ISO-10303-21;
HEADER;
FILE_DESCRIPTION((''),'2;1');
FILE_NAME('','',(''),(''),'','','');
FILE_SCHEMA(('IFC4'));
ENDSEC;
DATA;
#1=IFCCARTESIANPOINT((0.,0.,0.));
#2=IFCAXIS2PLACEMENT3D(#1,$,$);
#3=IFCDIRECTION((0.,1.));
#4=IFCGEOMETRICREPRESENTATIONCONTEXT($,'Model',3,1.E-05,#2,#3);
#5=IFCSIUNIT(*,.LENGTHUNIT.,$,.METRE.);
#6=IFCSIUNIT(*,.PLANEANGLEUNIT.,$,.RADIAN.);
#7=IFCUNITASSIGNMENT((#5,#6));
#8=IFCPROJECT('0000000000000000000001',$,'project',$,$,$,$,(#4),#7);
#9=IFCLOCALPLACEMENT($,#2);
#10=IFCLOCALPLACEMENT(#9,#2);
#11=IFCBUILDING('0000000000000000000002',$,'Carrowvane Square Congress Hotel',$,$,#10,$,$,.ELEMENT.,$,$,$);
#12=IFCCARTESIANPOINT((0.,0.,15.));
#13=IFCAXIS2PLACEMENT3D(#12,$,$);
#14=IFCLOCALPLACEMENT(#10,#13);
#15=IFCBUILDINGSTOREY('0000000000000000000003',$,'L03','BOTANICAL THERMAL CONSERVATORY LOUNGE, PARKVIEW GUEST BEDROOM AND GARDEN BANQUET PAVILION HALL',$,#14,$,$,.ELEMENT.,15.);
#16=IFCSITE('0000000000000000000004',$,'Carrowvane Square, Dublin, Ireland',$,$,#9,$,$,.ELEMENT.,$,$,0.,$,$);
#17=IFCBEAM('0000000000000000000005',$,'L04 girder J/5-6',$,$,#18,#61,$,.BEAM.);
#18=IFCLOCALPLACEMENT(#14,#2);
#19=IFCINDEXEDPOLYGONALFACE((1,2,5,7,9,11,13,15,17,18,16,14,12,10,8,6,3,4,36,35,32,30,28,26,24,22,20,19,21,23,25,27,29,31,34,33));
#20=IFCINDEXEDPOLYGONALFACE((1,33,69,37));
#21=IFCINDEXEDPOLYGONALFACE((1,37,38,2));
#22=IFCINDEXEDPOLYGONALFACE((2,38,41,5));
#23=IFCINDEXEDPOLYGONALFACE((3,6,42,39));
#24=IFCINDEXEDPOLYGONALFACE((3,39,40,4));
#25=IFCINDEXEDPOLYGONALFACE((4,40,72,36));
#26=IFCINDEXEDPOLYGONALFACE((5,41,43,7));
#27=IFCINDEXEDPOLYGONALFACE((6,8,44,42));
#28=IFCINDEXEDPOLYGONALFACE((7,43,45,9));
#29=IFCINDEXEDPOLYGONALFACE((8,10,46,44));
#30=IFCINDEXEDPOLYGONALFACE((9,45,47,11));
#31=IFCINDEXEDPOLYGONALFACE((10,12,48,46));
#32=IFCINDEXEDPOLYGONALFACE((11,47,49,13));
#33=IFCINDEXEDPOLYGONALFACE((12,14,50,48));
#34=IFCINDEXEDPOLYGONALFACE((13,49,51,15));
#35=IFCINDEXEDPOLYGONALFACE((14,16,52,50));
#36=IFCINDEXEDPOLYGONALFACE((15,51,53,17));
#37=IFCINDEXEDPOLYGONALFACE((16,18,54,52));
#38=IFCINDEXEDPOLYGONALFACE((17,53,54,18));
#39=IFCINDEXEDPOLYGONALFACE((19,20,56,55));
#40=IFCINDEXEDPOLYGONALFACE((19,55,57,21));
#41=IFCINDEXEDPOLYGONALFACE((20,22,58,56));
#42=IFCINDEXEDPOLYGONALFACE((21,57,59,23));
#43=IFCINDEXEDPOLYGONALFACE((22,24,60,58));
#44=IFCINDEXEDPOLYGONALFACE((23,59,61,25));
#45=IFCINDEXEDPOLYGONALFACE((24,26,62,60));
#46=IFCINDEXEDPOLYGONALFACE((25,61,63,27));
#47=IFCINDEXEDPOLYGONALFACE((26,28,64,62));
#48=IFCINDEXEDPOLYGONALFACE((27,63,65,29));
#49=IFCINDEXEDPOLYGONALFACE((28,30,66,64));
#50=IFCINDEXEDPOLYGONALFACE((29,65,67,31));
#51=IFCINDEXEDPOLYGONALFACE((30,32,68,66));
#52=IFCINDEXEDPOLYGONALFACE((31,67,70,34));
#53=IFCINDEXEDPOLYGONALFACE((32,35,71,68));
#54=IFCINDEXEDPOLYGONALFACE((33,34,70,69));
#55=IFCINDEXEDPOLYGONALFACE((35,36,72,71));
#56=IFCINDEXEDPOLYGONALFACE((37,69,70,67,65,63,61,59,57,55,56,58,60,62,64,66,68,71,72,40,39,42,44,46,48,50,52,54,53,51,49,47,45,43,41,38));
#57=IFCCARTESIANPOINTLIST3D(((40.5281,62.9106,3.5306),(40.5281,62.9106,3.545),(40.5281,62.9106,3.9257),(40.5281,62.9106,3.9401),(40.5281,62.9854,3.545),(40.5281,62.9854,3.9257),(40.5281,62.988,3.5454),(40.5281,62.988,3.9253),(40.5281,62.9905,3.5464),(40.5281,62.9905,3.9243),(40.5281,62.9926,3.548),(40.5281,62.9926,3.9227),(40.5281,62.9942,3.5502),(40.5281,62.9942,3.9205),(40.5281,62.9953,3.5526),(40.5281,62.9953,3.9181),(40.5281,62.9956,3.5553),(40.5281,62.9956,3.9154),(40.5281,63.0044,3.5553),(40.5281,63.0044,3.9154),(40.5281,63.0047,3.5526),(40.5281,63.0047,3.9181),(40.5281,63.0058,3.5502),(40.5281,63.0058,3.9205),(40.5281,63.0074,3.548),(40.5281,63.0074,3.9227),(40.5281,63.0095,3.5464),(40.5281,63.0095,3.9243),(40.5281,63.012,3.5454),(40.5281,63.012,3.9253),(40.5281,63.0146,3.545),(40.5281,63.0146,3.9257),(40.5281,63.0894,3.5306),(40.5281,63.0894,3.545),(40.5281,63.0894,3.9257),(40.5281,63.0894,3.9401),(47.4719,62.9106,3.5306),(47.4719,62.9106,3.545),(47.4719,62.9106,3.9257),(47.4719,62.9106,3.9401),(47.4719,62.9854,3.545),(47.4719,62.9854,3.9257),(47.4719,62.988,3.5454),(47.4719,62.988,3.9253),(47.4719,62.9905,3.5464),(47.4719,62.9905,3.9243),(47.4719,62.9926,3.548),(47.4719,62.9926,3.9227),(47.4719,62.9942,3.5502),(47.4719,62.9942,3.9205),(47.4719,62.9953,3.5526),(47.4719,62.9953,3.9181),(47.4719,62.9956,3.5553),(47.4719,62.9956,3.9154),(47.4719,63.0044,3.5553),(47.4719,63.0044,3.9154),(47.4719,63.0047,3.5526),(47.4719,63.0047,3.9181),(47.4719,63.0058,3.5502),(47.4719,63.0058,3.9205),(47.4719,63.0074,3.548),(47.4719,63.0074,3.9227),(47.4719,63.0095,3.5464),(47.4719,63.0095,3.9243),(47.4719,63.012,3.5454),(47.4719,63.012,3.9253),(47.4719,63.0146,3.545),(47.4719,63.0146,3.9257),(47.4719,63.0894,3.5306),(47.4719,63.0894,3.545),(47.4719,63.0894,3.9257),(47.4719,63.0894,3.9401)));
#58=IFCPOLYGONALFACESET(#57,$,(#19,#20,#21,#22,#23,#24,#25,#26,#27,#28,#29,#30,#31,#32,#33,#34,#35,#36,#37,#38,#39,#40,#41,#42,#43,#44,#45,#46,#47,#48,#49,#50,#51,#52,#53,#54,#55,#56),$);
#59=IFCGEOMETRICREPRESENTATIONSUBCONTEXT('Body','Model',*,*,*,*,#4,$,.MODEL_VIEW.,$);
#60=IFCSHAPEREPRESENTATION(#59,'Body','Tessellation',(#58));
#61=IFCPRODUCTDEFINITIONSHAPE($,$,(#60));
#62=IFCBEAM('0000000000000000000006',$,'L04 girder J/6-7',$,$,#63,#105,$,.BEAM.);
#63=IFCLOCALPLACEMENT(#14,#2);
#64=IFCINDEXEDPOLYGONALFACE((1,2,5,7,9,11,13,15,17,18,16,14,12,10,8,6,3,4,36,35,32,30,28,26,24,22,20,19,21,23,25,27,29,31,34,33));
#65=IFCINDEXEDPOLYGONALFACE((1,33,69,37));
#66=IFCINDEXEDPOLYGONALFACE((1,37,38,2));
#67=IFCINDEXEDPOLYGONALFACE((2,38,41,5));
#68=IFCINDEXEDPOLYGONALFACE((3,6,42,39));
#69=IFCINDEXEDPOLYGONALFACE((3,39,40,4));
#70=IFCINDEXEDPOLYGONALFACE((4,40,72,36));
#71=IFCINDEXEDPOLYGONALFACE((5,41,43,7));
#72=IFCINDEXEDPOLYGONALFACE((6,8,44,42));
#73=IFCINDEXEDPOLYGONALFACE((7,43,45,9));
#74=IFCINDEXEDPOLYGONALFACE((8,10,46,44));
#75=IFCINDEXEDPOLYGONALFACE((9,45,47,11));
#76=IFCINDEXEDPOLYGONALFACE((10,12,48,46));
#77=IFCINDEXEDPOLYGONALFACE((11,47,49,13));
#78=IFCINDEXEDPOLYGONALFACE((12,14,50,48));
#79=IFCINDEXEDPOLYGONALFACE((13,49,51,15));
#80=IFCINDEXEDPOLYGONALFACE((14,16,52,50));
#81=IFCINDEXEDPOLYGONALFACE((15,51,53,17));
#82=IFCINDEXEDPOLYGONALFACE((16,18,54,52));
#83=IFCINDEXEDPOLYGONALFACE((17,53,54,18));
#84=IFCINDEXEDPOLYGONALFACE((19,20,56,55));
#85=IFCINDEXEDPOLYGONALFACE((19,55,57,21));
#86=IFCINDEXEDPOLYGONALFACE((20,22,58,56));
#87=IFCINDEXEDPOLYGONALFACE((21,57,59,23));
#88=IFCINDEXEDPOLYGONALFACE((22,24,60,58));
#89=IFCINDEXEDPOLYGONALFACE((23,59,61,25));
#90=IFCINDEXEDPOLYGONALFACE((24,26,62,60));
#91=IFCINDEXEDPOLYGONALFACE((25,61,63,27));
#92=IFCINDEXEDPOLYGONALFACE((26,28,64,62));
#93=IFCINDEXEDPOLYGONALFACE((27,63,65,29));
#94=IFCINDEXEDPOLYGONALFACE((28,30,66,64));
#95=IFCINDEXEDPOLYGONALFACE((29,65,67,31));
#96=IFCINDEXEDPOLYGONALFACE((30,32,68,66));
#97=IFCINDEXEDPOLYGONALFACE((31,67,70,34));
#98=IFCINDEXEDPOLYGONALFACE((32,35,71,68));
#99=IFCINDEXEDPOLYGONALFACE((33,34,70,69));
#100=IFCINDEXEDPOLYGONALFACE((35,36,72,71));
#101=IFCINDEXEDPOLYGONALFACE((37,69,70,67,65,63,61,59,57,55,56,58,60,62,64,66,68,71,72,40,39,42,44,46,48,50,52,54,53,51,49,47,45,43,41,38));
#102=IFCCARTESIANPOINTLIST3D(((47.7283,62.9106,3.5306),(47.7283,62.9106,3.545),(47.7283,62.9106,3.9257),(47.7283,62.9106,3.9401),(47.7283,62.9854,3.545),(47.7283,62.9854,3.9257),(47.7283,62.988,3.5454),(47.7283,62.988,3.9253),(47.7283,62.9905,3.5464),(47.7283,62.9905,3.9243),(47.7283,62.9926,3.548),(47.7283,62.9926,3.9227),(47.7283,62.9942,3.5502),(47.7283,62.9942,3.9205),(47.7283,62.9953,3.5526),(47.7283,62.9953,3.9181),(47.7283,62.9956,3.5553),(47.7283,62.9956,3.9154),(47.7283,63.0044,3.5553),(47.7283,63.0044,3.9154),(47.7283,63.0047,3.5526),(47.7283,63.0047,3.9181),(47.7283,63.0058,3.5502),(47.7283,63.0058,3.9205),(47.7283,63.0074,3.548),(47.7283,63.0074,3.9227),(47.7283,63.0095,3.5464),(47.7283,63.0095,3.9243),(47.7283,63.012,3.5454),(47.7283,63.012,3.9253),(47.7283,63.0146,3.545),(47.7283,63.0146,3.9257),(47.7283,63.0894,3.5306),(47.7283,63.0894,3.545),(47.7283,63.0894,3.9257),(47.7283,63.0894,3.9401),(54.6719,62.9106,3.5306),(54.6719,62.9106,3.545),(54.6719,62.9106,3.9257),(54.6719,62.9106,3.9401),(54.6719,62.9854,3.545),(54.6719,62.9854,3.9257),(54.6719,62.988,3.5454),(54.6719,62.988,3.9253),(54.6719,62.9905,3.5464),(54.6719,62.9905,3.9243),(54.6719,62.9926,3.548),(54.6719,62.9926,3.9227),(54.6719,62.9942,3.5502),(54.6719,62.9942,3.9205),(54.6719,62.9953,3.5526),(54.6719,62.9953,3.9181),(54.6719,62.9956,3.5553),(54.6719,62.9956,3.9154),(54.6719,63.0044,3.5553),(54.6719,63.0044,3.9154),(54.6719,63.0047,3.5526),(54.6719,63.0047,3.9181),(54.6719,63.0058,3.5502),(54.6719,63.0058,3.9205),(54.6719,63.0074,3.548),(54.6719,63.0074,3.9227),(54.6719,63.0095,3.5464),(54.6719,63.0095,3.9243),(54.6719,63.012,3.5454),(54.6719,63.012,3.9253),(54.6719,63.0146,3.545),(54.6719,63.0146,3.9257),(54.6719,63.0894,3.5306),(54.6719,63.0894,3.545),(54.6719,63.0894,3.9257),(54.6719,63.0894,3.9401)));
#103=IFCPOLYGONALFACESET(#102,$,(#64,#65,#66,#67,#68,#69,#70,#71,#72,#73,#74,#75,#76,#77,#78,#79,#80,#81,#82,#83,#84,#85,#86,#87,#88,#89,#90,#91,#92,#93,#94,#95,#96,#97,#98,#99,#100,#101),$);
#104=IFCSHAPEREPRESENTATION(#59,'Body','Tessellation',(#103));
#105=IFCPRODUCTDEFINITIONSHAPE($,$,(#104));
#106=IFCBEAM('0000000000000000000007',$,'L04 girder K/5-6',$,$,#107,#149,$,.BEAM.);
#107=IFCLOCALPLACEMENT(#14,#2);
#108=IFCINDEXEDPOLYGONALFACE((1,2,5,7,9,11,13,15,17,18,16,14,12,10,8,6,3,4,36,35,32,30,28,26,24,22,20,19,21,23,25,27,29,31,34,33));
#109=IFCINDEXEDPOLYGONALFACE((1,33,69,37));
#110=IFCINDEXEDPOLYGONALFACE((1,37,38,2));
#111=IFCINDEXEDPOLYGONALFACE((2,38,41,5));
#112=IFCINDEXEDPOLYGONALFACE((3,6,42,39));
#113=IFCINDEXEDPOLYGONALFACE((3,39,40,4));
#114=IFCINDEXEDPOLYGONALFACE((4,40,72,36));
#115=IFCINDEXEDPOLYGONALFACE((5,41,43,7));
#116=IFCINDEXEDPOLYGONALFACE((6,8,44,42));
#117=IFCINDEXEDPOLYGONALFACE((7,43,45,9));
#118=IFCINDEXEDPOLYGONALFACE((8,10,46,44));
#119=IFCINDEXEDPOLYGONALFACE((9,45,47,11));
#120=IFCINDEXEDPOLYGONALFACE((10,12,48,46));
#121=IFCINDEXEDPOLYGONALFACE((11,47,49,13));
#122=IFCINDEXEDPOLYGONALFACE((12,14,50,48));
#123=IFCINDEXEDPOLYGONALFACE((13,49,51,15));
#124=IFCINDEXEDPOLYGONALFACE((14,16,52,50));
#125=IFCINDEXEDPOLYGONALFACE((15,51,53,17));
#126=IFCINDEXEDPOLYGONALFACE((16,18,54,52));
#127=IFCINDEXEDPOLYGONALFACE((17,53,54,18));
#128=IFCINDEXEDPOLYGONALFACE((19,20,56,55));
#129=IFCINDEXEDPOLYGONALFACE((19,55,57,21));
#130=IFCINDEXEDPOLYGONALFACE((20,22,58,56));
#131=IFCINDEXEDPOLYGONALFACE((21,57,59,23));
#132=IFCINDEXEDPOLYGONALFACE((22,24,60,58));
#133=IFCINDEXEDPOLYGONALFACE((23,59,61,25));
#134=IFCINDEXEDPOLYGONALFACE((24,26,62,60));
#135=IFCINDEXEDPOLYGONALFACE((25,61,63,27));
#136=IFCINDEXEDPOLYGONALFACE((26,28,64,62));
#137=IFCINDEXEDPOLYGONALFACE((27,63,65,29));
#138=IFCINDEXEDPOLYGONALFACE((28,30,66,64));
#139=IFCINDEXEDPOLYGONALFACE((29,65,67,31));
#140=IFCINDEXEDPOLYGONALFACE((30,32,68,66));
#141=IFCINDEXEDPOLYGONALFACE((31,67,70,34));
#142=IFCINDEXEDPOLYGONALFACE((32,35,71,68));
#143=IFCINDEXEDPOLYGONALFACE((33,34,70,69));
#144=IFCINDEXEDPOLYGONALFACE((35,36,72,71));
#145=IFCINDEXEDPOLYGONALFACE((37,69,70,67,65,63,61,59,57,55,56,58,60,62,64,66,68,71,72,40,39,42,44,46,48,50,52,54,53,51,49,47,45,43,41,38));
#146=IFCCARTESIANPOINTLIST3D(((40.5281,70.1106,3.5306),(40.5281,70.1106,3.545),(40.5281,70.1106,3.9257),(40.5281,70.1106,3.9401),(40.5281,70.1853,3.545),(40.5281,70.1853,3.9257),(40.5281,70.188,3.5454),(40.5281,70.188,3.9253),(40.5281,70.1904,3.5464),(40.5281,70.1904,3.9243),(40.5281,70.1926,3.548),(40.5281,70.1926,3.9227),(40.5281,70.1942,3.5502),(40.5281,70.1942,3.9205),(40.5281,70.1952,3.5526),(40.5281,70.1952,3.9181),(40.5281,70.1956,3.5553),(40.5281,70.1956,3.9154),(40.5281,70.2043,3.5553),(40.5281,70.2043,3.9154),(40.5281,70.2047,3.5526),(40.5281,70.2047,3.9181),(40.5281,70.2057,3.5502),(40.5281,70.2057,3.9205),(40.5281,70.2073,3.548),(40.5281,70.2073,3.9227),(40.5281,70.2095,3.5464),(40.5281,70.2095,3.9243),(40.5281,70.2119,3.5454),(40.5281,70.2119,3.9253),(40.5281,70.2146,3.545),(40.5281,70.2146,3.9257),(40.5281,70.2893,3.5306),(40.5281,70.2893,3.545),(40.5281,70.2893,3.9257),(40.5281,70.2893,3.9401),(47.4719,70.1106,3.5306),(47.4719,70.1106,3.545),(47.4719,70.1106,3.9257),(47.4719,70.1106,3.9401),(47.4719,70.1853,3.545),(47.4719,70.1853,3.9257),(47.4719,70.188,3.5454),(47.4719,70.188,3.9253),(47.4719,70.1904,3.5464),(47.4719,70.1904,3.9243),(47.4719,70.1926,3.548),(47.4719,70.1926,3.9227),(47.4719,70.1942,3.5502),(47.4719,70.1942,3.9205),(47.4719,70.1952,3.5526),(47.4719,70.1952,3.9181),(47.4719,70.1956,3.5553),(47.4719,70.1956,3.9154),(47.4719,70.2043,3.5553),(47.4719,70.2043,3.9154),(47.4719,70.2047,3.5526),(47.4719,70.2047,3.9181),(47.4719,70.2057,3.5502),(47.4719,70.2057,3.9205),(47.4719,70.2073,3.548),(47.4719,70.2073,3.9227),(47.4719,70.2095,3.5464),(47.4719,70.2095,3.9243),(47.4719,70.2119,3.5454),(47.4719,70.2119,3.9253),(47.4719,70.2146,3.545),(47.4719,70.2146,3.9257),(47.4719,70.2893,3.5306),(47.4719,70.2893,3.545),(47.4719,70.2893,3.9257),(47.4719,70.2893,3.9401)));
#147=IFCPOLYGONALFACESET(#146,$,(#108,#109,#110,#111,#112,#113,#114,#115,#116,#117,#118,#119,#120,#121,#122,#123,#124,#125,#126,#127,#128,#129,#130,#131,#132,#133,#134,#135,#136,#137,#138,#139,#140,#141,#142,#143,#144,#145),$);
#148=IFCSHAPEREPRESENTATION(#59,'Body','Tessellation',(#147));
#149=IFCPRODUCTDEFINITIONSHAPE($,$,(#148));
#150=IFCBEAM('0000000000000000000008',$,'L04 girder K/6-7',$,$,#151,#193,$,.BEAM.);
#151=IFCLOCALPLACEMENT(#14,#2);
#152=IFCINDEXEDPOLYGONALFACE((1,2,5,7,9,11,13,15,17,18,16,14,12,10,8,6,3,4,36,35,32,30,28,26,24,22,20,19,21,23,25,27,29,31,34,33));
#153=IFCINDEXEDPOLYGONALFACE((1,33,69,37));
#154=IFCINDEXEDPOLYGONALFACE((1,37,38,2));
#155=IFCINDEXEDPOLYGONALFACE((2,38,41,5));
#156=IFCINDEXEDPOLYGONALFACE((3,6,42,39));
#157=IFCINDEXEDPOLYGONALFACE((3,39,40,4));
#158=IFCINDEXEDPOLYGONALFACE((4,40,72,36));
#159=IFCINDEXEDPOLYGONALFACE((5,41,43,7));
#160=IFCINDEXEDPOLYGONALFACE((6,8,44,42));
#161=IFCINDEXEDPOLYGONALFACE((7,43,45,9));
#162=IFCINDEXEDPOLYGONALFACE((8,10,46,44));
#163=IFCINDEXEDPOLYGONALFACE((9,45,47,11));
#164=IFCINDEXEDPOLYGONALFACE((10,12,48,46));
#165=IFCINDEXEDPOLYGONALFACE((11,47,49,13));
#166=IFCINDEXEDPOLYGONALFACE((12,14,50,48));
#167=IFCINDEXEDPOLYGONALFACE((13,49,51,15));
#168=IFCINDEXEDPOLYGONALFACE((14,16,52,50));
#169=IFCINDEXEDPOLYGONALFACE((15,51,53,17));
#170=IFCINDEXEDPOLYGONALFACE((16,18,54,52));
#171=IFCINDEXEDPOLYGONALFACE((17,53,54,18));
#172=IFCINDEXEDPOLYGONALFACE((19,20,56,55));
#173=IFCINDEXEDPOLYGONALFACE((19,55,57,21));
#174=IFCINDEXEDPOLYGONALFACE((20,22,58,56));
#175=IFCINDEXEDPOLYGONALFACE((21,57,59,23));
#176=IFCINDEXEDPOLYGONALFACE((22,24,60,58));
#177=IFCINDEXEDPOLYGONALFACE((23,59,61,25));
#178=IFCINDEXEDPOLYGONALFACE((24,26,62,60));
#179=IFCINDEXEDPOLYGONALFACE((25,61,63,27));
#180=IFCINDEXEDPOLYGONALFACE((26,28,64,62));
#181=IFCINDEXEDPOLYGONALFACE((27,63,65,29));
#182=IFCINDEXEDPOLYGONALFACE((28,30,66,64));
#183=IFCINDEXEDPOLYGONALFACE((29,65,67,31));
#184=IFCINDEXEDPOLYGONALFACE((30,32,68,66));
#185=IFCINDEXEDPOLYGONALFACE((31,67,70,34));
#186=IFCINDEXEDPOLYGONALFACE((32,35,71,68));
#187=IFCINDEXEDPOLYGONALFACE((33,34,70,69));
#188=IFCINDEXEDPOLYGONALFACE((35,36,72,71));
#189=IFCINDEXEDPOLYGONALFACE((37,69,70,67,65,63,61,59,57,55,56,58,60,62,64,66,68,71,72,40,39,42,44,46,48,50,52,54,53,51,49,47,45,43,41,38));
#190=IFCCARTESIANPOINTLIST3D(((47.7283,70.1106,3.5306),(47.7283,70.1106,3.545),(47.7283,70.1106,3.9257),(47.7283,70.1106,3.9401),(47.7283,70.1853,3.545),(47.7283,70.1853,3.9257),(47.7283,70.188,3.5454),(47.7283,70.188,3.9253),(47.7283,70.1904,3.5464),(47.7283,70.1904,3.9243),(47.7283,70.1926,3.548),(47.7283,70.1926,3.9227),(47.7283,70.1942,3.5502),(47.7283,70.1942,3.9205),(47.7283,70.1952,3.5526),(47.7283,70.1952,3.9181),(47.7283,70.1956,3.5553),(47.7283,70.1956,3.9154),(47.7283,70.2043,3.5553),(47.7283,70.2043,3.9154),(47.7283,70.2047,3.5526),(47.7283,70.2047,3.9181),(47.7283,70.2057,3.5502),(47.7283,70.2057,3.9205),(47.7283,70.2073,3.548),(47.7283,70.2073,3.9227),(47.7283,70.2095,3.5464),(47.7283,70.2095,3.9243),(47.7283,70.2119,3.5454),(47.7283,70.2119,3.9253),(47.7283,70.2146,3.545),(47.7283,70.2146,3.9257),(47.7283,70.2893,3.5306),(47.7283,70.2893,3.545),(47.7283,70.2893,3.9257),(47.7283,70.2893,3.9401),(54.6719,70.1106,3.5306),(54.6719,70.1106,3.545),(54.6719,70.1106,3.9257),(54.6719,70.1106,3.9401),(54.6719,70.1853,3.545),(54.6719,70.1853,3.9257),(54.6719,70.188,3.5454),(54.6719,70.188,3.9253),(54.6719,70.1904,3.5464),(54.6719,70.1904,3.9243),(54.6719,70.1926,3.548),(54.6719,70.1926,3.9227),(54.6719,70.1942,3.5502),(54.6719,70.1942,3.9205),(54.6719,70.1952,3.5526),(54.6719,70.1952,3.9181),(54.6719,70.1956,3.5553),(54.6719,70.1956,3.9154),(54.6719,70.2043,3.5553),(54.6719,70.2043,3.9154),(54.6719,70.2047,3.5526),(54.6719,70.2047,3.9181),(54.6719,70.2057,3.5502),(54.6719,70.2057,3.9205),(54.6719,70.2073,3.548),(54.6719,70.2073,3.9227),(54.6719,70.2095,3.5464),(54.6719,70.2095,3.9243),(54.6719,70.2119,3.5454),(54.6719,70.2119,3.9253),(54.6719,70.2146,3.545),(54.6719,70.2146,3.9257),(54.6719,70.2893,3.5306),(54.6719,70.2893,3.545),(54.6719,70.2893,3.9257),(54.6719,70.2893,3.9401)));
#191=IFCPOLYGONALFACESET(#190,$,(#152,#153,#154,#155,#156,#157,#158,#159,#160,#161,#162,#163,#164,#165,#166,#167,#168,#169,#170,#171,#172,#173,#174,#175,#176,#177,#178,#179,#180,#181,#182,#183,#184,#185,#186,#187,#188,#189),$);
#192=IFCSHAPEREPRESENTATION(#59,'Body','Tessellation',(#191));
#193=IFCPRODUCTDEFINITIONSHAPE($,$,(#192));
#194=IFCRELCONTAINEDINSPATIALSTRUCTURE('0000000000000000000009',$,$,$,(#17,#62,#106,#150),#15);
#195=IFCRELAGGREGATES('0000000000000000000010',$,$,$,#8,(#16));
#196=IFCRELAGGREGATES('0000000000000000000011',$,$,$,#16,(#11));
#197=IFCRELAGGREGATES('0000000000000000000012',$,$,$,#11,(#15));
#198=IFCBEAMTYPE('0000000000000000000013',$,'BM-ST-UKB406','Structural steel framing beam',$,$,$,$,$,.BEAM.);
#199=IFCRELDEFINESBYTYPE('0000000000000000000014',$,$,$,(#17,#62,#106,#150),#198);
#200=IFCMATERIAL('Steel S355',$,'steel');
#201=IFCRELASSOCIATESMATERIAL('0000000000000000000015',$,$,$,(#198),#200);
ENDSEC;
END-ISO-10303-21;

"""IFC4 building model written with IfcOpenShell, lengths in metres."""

from ifc_helpers import new_model, si_unit, direction, frame, origin, origin_2d, place, context, subcontext, project, spatial, i_section, extrude, material, material_profile, profile_set, type_object, element, save


model = new_model("IFC4")

# Units and contexts
model_context = context("Model", 3, precision=1e-05, world=origin(), true_north=direction((0.0, 1.0)))
body_context = subcontext(model_context, "Body", "Model", "MODEL_VIEW")
ifc_project = project(units=[si_unit("LENGTHUNIT", "METRE"), si_unit("PLANEANGLEUNIT", "RADIAN")], contexts=[model_context])

# Site, building, storey
site_placement = place(None, origin())
site = spatial("IfcSite", under=ifc_project, at=site_placement, Name="Carrowvane Square, Dublin, Ireland", CompositionType="ELEMENT", RefElevation=0.0)
building_placement = place(site_placement, origin())
building = spatial("IfcBuilding", under=site, at=building_placement, Name="Carrowvane Square Congress Hotel", CompositionType="ELEMENT")
storey_placement = place(building_placement, frame((0.0, 0.0, 15.0)))
storey = spatial("IfcBuildingStorey", under=building, at=storey_placement, Name="L03", Description="BOTANICAL THERMAL CONSERVATORY LOUNGE, PARKVIEW GUEST BEDROOM AND GARDEN BANQUET PAVILION HALL", CompositionType="ELEMENT", Elevation=15.0)

# Beams
ifc_material_1 = material(Name="Steel S355", Category="steel")
ifc_material_profile_1 = material_profile(ifc_material_1, i_section(OverallWidth=0.1787, OverallDepth=0.4094, WebThickness=0.0088, FlangeThickness=0.0144, FilletRadius=0.0103, at=origin_2d()), Name="UKB 406x178x67")
ifc_profile_set_1 = profile_set([ifc_material_profile_1], Name="Steel S355")
beam_type_1 = type_object("IfcBeamType", Name="BM-ST-UKB406", Description="Structural steel framing beam", PredefinedType="BEAM", material=ifc_profile_set_1)
beam_1_placement = place(storey_placement, frame((40.5281, 63.0, 3.7354), z_axis=(1.0, 0.0, 0.0), x_axis=(0.0, 1.0, 0.0)))
element("IfcBeam", 1, at=beam_1_placement, inside=storey, type_object=beam_type_1, Name="L04 girder J/5-6", PredefinedType="BEAM", context=body_context, shape_type="SweptSolid", body=[
    extrude(i_section(OverallWidth=0.1787, OverallDepth=0.4094, WebThickness=0.0088, FlangeThickness=0.0144, FilletRadius=0.0103, at=origin_2d()), origin(), (0.0, 0.0, 1.0), 6.9438),
])
beam_2_placement = place(storey_placement, frame((47.7283, 63.0, 3.7354), z_axis=(1.0, 0.0, 0.0), x_axis=(0.0, 1.0, 0.0)))
element("IfcBeam", 2, at=beam_2_placement, inside=storey, type_object=beam_type_1, Name="L04 girder J/6-7", PredefinedType="BEAM", context=body_context, shape_type="SweptSolid", body=[
    extrude(i_section(OverallWidth=0.1787, OverallDepth=0.4094, WebThickness=0.0088, FlangeThickness=0.0144, FilletRadius=0.0103, at=origin_2d()), origin(), (0.0, 0.0, 1.0), 6.9436),
])
beam_3_placement = place(storey_placement, frame((40.5281, 70.2, 3.7354), z_axis=(1.0, 0.0, 0.0), x_axis=(0.0, 1.0, 0.0)))
element("IfcBeam", 3, at=beam_3_placement, inside=storey, type_object=beam_type_1, Name="L04 girder K/5-6", PredefinedType="BEAM", context=body_context, shape_type="SweptSolid", body=[
    extrude(i_section(OverallWidth=0.1787, OverallDepth=0.4094, WebThickness=0.0088, FlangeThickness=0.0144, FilletRadius=0.0103, at=origin_2d()), origin(), (0.0, 0.0, 1.0), 6.9438),
])
beam_4_placement = place(storey_placement, frame((47.7283, 70.2, 3.7354), z_axis=(1.0, 0.0, 0.0), x_axis=(0.0, 1.0, 0.0)))
element("IfcBeam", 4, at=beam_4_placement, inside=storey, type_object=beam_type_1, Name="L04 girder K/6-7", PredefinedType="BEAM", context=body_context, shape_type="SweptSolid", body=[
    extrude(i_section(OverallWidth=0.1787, OverallDepth=0.4094, WebThickness=0.0088, FlangeThickness=0.0144, FilletRadius=0.0103, at=origin_2d()), origin(), (0.0, 0.0, 1.0), 6.9436),
])

save(model, "model.ifc")
